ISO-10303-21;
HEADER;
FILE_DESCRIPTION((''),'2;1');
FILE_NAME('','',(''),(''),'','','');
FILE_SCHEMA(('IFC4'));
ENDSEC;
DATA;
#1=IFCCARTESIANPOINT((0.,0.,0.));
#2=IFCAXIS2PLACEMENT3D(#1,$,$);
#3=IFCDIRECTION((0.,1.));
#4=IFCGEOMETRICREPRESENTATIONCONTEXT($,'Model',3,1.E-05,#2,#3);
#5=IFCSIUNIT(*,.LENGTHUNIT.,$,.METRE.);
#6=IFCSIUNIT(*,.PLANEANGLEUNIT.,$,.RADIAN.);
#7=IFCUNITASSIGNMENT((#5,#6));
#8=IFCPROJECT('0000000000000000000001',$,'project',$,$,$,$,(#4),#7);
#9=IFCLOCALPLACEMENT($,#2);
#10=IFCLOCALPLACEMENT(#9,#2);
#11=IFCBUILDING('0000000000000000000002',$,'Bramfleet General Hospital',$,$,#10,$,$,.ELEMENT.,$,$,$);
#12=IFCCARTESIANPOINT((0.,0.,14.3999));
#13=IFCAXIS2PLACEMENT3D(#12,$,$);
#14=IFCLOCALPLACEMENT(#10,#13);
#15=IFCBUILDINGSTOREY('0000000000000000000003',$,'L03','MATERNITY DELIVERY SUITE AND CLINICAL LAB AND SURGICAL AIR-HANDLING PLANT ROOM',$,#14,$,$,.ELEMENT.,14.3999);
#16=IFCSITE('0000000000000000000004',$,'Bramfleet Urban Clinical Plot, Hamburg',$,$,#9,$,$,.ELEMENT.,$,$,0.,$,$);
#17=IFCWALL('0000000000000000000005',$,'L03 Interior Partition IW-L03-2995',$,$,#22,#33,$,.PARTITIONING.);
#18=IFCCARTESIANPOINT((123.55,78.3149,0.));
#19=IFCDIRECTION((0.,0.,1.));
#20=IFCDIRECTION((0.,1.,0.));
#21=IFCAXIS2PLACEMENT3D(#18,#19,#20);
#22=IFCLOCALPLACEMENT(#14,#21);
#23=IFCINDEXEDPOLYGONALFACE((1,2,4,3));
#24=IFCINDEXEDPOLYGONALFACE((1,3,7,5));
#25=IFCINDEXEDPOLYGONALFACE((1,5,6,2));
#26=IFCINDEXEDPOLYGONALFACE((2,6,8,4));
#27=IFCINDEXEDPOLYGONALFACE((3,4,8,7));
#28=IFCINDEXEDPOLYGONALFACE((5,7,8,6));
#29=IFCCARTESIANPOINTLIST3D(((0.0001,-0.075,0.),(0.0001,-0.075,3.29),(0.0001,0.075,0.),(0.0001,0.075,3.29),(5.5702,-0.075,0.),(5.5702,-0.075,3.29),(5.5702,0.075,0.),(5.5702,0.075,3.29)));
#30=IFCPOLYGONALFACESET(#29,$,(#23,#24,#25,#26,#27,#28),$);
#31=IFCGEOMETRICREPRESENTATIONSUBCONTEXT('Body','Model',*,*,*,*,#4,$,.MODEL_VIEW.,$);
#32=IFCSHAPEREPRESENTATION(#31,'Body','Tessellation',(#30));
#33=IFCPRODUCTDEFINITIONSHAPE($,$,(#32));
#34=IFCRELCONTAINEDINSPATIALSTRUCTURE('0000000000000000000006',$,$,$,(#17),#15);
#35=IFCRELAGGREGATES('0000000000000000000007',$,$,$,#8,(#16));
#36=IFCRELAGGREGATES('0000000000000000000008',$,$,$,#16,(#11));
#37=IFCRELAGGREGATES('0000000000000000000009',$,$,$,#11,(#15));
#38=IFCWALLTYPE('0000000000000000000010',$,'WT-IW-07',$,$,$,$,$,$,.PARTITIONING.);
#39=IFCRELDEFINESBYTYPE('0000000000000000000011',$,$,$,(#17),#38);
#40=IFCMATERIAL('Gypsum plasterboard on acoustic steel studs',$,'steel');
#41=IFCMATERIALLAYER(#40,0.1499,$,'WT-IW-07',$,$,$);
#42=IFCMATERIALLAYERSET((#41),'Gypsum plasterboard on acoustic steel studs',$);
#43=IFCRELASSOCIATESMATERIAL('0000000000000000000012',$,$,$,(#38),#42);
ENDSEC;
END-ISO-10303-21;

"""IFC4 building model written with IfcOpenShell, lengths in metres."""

from ifc_helpers import new_model, si_unit, direction, frame, frame_2d, origin, place, context, subcontext, project, spatial, rectangle, extrude, material, layer, layer_set, type_object, element, save


model = new_model("IFC4")

# Units and contexts
model_context = context("Model", 3, precision=1e-05, world=origin(), true_north=direction((0.0, 1.0)))
body_context = subcontext(model_context, "Body", "Model", "MODEL_VIEW")
ifc_project = project(units=[si_unit("LENGTHUNIT", "METRE"), si_unit("PLANEANGLEUNIT", "RADIAN")], contexts=[model_context])

# Site, building, storey
site_placement = place(None, origin())
site = spatial("IfcSite", under=ifc_project, at=site_placement, Name="Bramfleet Urban Clinical Plot, Hamburg", CompositionType="ELEMENT", RefElevation=0.0)
building_placement = place(site_placement, origin())
building = spatial("IfcBuilding", under=site, at=building_placement, Name="Bramfleet General Hospital", CompositionType="ELEMENT")
storey_placement = place(building_placement, frame((0.0, 0.0, 14.3999)))
storey = spatial("IfcBuildingStorey", under=building, at=storey_placement, Name="L03", Description="MATERNITY DELIVERY SUITE AND CLINICAL LAB AND SURGICAL AIR-HANDLING PLANT ROOM", CompositionType="ELEMENT", Elevation=14.3999)

# Wall
ifc_material_1 = material(Name="Gypsum plasterboard on acoustic steel studs", Category="steel")
ifc_layer_1 = layer(ifc_material_1, 0.1499, Name="WT-IW-07")
ifc_layer_set_1 = layer_set([ifc_layer_1], Name="Gypsum plasterboard on acoustic steel studs")
wall_type_1 = type_object("IfcWallType", Name="WT-IW-07", PredefinedType="PARTITIONING", material=ifc_layer_set_1)
wall_1_placement = place(storey_placement, frame((123.55, 78.3149, 0.0), z_axis=(0.0, 0.0, 1.0), x_axis=(0.0, 1.0, 0.0)))
element("IfcWall", 1, at=wall_1_placement, inside=storey, type_object=wall_type_1, Name="L03 Interior Partition IW-L03-2995", PredefinedType="PARTITIONING", context=body_context, shape_type="SweptSolid", body=[
    extrude(rectangle(XDim=5.5701, YDim=0.1499, at=frame_2d((2.7852, 0.0))), origin(), (0.0, 0.0, 1.0), 3.29),
])

save(model, "model.ifc")
